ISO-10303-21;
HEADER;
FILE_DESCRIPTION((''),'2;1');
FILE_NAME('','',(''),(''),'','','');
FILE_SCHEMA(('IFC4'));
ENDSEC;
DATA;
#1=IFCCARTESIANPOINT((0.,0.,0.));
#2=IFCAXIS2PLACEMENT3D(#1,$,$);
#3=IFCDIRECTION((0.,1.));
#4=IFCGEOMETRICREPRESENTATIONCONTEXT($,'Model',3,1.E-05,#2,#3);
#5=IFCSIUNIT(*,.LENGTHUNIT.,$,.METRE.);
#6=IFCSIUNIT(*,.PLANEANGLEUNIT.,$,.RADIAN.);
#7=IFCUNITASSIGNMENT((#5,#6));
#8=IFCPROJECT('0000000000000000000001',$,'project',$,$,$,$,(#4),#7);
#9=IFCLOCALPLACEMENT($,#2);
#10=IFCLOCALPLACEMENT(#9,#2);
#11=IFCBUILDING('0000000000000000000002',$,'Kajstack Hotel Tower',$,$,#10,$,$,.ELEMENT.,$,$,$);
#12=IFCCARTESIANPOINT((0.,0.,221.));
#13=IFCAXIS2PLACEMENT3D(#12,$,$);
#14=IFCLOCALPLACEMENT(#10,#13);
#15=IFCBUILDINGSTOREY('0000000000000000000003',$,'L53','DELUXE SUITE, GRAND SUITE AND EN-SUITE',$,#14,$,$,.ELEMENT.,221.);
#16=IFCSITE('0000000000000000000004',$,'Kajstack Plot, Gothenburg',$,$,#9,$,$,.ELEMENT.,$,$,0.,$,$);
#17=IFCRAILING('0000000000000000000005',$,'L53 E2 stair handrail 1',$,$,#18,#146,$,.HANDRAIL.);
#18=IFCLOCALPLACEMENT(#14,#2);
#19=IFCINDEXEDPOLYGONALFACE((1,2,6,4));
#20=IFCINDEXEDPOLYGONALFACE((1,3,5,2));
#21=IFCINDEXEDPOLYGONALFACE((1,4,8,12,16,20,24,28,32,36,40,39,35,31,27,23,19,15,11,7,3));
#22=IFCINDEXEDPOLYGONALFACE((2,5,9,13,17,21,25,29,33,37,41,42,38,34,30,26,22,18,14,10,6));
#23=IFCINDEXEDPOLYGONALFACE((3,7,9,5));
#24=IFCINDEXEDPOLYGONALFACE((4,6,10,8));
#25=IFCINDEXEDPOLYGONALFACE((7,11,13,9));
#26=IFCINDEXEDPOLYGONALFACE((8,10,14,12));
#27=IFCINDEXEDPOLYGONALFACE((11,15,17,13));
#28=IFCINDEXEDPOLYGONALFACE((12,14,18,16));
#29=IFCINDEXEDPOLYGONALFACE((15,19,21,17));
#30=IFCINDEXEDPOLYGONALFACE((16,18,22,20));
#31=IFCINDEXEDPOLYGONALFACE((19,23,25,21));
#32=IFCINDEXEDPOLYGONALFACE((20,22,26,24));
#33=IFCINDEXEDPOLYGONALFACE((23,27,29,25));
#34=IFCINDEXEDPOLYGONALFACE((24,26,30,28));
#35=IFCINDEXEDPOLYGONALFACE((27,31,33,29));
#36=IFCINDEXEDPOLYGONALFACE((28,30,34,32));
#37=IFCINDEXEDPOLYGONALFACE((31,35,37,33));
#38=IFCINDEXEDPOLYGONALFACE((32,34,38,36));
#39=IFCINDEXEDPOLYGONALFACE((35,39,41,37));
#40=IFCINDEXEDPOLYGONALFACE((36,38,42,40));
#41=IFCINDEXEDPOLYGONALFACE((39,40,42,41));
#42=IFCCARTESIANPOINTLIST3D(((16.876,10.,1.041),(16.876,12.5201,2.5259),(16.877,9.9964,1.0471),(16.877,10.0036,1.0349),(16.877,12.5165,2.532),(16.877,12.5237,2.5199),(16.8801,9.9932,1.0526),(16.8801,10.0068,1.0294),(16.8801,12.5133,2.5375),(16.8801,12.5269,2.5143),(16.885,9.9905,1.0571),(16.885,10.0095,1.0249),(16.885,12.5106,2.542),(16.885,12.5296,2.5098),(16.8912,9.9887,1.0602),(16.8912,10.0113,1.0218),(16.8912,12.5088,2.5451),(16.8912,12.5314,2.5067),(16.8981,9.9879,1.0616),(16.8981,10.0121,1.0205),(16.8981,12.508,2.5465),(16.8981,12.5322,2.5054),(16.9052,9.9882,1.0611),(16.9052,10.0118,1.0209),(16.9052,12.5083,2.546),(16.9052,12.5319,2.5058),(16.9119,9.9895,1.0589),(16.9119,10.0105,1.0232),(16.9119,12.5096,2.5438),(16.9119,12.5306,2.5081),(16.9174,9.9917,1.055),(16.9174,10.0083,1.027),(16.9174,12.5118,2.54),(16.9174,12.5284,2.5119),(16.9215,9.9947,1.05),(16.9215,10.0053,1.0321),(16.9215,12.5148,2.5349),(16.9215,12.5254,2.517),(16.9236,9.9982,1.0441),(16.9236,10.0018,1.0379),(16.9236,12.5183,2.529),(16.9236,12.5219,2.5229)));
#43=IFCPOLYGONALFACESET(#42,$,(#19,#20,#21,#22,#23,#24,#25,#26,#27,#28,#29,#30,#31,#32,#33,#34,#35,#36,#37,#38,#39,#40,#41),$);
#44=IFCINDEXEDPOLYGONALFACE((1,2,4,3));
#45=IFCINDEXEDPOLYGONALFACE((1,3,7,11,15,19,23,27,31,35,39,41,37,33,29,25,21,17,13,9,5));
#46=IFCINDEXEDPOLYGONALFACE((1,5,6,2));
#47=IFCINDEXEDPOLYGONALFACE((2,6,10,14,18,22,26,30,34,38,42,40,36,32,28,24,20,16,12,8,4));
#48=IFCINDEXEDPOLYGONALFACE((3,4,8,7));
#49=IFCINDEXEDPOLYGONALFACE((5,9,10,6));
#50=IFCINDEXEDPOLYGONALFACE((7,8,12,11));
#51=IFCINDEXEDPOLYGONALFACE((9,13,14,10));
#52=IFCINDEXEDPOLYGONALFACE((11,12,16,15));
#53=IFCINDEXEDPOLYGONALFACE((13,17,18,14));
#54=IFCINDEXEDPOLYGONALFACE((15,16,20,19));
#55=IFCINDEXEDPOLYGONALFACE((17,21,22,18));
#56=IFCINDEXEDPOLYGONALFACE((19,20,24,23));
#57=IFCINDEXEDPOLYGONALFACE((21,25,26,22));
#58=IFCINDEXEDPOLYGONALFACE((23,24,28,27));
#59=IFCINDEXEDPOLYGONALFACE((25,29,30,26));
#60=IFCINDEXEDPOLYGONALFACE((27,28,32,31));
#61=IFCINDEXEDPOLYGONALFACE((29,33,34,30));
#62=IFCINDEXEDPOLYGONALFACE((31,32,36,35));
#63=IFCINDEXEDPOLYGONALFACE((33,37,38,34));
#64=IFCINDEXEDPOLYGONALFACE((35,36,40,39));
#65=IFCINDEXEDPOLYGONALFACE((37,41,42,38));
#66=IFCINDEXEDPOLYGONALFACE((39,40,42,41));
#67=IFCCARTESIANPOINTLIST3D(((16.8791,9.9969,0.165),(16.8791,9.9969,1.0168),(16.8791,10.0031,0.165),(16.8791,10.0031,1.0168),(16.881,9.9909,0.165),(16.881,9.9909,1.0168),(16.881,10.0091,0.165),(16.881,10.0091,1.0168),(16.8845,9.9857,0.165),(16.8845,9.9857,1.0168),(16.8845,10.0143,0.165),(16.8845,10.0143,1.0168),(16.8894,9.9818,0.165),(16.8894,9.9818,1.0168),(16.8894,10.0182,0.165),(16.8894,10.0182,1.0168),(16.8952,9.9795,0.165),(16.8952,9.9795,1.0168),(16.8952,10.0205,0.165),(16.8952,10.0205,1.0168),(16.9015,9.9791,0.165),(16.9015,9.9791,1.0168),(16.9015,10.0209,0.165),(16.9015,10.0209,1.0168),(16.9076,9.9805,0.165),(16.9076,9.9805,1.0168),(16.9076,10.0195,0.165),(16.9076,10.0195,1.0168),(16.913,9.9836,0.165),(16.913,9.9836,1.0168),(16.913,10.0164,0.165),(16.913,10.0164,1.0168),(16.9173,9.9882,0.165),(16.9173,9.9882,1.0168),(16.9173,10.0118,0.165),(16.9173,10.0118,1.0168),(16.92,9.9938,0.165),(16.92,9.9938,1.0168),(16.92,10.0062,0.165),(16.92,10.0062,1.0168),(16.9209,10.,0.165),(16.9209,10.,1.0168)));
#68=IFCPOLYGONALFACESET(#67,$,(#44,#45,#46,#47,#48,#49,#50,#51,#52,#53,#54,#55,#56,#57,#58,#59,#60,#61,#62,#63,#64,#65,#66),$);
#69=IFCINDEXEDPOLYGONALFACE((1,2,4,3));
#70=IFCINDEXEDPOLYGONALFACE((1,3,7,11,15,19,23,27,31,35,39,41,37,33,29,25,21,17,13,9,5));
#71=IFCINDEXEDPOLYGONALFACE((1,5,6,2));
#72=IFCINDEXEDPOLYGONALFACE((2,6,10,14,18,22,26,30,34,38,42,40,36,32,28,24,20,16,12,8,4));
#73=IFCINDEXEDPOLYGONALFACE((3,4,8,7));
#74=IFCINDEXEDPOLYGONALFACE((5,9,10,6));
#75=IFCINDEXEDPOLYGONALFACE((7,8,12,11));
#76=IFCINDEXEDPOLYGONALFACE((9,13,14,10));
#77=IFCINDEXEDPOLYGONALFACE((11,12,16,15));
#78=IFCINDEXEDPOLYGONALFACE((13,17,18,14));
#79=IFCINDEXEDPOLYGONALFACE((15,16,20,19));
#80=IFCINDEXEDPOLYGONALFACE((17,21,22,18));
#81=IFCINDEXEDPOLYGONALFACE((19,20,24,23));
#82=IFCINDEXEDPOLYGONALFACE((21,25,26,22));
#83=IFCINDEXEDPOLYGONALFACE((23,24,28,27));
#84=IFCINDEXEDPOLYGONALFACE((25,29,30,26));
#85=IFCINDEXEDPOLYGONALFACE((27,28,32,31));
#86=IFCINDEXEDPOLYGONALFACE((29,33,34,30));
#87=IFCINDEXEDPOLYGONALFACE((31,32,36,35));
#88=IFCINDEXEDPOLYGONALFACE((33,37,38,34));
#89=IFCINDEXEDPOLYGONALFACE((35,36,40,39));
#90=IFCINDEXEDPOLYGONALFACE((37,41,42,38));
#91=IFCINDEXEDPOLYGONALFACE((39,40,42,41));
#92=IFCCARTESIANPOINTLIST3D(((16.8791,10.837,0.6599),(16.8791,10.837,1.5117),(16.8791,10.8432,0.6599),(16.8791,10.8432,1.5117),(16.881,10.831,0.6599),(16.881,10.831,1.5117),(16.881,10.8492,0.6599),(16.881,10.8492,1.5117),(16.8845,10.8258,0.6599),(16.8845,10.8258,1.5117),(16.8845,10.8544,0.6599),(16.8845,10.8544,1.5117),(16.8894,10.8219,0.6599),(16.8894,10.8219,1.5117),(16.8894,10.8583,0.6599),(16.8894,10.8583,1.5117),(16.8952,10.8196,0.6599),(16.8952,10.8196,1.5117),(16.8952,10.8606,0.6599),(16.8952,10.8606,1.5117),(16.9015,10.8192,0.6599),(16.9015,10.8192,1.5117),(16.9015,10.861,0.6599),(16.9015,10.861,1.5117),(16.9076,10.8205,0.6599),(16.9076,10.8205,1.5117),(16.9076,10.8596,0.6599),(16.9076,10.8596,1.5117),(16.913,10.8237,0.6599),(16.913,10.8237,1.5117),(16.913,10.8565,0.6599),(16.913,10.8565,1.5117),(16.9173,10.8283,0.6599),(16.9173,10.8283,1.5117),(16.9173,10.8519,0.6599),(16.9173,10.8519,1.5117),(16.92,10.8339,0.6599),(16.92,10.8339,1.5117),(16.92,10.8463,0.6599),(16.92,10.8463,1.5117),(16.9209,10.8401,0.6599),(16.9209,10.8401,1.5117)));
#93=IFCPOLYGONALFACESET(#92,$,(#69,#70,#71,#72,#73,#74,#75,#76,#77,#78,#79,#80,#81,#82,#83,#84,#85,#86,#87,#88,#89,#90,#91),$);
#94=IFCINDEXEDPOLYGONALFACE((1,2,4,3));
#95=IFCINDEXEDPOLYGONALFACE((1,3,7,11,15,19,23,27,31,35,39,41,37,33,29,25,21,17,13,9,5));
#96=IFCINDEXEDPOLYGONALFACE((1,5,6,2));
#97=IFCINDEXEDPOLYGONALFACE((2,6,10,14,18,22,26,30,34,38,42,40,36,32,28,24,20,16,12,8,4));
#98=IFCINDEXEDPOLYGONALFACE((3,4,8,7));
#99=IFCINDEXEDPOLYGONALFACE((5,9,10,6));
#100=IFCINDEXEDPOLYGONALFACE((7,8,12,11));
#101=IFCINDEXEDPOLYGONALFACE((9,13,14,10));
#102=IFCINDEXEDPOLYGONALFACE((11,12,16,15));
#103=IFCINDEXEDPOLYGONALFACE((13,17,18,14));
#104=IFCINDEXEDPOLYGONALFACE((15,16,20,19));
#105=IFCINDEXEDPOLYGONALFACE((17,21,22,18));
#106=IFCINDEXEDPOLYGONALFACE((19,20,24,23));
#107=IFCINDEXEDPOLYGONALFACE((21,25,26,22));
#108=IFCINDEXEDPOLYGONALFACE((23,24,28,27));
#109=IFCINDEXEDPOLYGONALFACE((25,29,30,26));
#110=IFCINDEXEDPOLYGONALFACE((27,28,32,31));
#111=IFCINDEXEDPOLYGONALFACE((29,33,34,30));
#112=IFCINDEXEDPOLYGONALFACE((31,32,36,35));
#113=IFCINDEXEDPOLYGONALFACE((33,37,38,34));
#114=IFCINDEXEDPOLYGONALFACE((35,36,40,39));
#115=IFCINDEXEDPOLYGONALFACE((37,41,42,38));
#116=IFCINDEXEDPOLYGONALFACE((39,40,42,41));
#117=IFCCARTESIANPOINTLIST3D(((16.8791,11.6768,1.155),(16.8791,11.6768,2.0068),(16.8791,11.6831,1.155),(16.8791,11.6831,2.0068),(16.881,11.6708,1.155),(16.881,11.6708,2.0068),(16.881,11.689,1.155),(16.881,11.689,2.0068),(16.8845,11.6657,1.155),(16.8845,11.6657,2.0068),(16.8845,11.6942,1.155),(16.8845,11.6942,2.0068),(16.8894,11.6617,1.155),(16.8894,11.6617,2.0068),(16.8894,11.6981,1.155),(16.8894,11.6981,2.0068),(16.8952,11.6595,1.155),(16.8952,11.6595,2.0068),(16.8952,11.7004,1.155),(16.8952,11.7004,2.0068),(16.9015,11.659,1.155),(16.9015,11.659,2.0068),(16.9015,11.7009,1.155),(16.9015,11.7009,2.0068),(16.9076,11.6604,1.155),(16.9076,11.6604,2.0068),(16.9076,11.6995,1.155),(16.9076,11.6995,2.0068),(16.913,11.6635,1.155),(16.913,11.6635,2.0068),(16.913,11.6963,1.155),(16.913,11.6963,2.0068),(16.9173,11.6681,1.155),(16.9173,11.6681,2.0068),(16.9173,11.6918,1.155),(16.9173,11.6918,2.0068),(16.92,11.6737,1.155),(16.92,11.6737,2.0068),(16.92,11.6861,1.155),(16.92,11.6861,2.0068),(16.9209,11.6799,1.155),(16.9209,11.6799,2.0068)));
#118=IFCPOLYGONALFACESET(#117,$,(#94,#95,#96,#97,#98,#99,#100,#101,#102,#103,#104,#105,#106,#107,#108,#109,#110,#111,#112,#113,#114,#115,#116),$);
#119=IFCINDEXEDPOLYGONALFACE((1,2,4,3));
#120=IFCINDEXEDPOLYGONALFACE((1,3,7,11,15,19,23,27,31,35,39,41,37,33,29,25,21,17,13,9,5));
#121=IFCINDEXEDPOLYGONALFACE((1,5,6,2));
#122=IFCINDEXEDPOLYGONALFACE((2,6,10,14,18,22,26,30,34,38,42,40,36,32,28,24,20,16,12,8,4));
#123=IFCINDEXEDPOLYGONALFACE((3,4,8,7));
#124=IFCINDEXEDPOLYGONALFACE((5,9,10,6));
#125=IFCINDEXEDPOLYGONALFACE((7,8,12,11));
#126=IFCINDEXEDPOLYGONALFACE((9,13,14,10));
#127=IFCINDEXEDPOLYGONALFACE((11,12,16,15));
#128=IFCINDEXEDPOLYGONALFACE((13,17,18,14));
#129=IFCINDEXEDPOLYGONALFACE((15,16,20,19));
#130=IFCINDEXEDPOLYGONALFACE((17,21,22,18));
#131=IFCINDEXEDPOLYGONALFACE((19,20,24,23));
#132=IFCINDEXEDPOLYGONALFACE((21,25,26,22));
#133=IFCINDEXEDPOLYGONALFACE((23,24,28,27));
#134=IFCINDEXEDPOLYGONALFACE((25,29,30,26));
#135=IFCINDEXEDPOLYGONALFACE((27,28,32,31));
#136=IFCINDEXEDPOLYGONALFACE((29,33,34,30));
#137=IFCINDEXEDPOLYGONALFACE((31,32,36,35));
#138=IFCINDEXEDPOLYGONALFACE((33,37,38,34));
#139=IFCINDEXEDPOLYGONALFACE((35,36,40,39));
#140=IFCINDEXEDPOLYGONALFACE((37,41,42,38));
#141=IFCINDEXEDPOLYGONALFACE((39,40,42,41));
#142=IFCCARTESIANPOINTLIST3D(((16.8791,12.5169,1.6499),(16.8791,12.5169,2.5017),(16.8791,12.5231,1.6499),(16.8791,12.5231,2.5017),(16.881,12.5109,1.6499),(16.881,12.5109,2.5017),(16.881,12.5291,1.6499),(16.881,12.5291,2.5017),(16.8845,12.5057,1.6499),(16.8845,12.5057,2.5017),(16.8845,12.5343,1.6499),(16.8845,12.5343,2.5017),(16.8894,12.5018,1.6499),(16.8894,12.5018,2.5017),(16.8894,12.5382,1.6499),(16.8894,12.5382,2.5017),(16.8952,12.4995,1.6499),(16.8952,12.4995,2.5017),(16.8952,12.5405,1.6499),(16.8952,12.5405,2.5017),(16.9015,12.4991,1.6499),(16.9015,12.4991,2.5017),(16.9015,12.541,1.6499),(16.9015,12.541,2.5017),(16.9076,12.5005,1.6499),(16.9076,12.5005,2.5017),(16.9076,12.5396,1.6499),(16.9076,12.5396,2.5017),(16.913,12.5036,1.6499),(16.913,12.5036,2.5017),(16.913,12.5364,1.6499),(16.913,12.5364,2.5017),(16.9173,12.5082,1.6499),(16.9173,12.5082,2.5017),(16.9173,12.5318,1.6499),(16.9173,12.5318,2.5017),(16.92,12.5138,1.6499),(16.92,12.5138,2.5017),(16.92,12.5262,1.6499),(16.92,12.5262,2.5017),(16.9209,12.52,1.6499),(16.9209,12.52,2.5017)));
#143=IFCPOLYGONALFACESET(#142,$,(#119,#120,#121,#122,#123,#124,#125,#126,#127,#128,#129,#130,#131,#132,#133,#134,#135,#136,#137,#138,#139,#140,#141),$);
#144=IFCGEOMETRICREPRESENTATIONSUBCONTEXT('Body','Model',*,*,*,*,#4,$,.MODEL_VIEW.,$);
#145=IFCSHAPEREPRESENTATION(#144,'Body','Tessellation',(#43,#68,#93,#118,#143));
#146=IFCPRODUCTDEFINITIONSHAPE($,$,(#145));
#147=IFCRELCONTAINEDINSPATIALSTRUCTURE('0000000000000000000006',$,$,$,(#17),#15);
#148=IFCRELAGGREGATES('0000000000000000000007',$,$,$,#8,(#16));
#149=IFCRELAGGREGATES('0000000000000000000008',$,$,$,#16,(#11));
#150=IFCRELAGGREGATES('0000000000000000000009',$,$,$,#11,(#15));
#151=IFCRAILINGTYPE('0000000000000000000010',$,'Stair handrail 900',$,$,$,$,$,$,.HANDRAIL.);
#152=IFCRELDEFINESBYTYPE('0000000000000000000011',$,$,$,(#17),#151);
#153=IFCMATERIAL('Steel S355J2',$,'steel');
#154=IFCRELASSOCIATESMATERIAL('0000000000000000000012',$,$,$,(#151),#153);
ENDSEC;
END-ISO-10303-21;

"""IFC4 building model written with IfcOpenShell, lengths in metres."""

from ifc_helpers import new_model, si_unit, direction, frame, origin, origin_2d, place, context, subcontext, project, spatial, circle, extrude, material, type_object, element, save


model = new_model("IFC4")

# Units and contexts
model_context = context("Model", 3, precision=1e-05, world=origin(), true_north=direction((0.0, 1.0)))
body_context = subcontext(model_context, "Body", "Model", "MODEL_VIEW")
ifc_project = project(units=[si_unit("LENGTHUNIT", "METRE"), si_unit("PLANEANGLEUNIT", "RADIAN")], contexts=[model_context])

# Site, building, storey
site_placement = place(None, origin())
site = spatial("IfcSite", under=ifc_project, at=site_placement, Name="Kajstack Plot, Gothenburg", CompositionType="ELEMENT", RefElevation=0.0)
building_placement = place(site_placement, origin())
building = spatial("IfcBuilding", under=site, at=building_placement, Name="Kajstack Hotel Tower", CompositionType="ELEMENT")
storey_placement = place(building_placement, frame((0.0, 0.0, 221.0)))
storey = spatial("IfcBuildingStorey", under=building, at=storey_placement, Name="L53", Description="DELUXE SUITE, GRAND SUITE AND EN-SUITE", CompositionType="ELEMENT", Elevation=221.0)

# Railing
ifc_material_1 = material(Name="Steel S355J2", Category="steel")
railing_type_1 = type_object("IfcRailingType", Name="Stair handrail 900", PredefinedType="HANDRAIL", material=ifc_material_1)
railing_1_placement = place(storey_placement, frame((16.8999, 10.0, 0.165)))
element("IfcRailing", 1, at=railing_1_placement, inside=storey, type_object=railing_type_1, Name="L53 E2 stair handrail 1", PredefinedType="HANDRAIL", context=body_context, shape_type="SweptSolid", body=[
    extrude(circle(Radius=0.0239, at=origin_2d()), frame((0.0, 0.0, 0.876), z_axis=(0.0, 0.861561, 0.507655), x_axis=(-1.0, 0.0, 0.0)), (0.0, 0.0, 1.0), 2.925),
    extrude(circle(Radius=0.021, at=origin_2d()), origin(), (0.0, 0.0, 1.0), 0.8518),
    extrude(circle(Radius=0.021, at=origin_2d()), frame((0.0, 0.8401, 0.4949)), (0.0, 0.0, 1.0), 0.8518),
    extrude(circle(Radius=0.021, at=origin_2d()), frame((0.0, 1.6799, 0.99)), (0.0, 0.0, 1.0), 0.8518),
    extrude(circle(Radius=0.021, at=origin_2d()), frame((0.0, 2.52, 1.4849)), (0.0, 0.0, 1.0), 0.8518),
])

save(model, "model.ifc")
